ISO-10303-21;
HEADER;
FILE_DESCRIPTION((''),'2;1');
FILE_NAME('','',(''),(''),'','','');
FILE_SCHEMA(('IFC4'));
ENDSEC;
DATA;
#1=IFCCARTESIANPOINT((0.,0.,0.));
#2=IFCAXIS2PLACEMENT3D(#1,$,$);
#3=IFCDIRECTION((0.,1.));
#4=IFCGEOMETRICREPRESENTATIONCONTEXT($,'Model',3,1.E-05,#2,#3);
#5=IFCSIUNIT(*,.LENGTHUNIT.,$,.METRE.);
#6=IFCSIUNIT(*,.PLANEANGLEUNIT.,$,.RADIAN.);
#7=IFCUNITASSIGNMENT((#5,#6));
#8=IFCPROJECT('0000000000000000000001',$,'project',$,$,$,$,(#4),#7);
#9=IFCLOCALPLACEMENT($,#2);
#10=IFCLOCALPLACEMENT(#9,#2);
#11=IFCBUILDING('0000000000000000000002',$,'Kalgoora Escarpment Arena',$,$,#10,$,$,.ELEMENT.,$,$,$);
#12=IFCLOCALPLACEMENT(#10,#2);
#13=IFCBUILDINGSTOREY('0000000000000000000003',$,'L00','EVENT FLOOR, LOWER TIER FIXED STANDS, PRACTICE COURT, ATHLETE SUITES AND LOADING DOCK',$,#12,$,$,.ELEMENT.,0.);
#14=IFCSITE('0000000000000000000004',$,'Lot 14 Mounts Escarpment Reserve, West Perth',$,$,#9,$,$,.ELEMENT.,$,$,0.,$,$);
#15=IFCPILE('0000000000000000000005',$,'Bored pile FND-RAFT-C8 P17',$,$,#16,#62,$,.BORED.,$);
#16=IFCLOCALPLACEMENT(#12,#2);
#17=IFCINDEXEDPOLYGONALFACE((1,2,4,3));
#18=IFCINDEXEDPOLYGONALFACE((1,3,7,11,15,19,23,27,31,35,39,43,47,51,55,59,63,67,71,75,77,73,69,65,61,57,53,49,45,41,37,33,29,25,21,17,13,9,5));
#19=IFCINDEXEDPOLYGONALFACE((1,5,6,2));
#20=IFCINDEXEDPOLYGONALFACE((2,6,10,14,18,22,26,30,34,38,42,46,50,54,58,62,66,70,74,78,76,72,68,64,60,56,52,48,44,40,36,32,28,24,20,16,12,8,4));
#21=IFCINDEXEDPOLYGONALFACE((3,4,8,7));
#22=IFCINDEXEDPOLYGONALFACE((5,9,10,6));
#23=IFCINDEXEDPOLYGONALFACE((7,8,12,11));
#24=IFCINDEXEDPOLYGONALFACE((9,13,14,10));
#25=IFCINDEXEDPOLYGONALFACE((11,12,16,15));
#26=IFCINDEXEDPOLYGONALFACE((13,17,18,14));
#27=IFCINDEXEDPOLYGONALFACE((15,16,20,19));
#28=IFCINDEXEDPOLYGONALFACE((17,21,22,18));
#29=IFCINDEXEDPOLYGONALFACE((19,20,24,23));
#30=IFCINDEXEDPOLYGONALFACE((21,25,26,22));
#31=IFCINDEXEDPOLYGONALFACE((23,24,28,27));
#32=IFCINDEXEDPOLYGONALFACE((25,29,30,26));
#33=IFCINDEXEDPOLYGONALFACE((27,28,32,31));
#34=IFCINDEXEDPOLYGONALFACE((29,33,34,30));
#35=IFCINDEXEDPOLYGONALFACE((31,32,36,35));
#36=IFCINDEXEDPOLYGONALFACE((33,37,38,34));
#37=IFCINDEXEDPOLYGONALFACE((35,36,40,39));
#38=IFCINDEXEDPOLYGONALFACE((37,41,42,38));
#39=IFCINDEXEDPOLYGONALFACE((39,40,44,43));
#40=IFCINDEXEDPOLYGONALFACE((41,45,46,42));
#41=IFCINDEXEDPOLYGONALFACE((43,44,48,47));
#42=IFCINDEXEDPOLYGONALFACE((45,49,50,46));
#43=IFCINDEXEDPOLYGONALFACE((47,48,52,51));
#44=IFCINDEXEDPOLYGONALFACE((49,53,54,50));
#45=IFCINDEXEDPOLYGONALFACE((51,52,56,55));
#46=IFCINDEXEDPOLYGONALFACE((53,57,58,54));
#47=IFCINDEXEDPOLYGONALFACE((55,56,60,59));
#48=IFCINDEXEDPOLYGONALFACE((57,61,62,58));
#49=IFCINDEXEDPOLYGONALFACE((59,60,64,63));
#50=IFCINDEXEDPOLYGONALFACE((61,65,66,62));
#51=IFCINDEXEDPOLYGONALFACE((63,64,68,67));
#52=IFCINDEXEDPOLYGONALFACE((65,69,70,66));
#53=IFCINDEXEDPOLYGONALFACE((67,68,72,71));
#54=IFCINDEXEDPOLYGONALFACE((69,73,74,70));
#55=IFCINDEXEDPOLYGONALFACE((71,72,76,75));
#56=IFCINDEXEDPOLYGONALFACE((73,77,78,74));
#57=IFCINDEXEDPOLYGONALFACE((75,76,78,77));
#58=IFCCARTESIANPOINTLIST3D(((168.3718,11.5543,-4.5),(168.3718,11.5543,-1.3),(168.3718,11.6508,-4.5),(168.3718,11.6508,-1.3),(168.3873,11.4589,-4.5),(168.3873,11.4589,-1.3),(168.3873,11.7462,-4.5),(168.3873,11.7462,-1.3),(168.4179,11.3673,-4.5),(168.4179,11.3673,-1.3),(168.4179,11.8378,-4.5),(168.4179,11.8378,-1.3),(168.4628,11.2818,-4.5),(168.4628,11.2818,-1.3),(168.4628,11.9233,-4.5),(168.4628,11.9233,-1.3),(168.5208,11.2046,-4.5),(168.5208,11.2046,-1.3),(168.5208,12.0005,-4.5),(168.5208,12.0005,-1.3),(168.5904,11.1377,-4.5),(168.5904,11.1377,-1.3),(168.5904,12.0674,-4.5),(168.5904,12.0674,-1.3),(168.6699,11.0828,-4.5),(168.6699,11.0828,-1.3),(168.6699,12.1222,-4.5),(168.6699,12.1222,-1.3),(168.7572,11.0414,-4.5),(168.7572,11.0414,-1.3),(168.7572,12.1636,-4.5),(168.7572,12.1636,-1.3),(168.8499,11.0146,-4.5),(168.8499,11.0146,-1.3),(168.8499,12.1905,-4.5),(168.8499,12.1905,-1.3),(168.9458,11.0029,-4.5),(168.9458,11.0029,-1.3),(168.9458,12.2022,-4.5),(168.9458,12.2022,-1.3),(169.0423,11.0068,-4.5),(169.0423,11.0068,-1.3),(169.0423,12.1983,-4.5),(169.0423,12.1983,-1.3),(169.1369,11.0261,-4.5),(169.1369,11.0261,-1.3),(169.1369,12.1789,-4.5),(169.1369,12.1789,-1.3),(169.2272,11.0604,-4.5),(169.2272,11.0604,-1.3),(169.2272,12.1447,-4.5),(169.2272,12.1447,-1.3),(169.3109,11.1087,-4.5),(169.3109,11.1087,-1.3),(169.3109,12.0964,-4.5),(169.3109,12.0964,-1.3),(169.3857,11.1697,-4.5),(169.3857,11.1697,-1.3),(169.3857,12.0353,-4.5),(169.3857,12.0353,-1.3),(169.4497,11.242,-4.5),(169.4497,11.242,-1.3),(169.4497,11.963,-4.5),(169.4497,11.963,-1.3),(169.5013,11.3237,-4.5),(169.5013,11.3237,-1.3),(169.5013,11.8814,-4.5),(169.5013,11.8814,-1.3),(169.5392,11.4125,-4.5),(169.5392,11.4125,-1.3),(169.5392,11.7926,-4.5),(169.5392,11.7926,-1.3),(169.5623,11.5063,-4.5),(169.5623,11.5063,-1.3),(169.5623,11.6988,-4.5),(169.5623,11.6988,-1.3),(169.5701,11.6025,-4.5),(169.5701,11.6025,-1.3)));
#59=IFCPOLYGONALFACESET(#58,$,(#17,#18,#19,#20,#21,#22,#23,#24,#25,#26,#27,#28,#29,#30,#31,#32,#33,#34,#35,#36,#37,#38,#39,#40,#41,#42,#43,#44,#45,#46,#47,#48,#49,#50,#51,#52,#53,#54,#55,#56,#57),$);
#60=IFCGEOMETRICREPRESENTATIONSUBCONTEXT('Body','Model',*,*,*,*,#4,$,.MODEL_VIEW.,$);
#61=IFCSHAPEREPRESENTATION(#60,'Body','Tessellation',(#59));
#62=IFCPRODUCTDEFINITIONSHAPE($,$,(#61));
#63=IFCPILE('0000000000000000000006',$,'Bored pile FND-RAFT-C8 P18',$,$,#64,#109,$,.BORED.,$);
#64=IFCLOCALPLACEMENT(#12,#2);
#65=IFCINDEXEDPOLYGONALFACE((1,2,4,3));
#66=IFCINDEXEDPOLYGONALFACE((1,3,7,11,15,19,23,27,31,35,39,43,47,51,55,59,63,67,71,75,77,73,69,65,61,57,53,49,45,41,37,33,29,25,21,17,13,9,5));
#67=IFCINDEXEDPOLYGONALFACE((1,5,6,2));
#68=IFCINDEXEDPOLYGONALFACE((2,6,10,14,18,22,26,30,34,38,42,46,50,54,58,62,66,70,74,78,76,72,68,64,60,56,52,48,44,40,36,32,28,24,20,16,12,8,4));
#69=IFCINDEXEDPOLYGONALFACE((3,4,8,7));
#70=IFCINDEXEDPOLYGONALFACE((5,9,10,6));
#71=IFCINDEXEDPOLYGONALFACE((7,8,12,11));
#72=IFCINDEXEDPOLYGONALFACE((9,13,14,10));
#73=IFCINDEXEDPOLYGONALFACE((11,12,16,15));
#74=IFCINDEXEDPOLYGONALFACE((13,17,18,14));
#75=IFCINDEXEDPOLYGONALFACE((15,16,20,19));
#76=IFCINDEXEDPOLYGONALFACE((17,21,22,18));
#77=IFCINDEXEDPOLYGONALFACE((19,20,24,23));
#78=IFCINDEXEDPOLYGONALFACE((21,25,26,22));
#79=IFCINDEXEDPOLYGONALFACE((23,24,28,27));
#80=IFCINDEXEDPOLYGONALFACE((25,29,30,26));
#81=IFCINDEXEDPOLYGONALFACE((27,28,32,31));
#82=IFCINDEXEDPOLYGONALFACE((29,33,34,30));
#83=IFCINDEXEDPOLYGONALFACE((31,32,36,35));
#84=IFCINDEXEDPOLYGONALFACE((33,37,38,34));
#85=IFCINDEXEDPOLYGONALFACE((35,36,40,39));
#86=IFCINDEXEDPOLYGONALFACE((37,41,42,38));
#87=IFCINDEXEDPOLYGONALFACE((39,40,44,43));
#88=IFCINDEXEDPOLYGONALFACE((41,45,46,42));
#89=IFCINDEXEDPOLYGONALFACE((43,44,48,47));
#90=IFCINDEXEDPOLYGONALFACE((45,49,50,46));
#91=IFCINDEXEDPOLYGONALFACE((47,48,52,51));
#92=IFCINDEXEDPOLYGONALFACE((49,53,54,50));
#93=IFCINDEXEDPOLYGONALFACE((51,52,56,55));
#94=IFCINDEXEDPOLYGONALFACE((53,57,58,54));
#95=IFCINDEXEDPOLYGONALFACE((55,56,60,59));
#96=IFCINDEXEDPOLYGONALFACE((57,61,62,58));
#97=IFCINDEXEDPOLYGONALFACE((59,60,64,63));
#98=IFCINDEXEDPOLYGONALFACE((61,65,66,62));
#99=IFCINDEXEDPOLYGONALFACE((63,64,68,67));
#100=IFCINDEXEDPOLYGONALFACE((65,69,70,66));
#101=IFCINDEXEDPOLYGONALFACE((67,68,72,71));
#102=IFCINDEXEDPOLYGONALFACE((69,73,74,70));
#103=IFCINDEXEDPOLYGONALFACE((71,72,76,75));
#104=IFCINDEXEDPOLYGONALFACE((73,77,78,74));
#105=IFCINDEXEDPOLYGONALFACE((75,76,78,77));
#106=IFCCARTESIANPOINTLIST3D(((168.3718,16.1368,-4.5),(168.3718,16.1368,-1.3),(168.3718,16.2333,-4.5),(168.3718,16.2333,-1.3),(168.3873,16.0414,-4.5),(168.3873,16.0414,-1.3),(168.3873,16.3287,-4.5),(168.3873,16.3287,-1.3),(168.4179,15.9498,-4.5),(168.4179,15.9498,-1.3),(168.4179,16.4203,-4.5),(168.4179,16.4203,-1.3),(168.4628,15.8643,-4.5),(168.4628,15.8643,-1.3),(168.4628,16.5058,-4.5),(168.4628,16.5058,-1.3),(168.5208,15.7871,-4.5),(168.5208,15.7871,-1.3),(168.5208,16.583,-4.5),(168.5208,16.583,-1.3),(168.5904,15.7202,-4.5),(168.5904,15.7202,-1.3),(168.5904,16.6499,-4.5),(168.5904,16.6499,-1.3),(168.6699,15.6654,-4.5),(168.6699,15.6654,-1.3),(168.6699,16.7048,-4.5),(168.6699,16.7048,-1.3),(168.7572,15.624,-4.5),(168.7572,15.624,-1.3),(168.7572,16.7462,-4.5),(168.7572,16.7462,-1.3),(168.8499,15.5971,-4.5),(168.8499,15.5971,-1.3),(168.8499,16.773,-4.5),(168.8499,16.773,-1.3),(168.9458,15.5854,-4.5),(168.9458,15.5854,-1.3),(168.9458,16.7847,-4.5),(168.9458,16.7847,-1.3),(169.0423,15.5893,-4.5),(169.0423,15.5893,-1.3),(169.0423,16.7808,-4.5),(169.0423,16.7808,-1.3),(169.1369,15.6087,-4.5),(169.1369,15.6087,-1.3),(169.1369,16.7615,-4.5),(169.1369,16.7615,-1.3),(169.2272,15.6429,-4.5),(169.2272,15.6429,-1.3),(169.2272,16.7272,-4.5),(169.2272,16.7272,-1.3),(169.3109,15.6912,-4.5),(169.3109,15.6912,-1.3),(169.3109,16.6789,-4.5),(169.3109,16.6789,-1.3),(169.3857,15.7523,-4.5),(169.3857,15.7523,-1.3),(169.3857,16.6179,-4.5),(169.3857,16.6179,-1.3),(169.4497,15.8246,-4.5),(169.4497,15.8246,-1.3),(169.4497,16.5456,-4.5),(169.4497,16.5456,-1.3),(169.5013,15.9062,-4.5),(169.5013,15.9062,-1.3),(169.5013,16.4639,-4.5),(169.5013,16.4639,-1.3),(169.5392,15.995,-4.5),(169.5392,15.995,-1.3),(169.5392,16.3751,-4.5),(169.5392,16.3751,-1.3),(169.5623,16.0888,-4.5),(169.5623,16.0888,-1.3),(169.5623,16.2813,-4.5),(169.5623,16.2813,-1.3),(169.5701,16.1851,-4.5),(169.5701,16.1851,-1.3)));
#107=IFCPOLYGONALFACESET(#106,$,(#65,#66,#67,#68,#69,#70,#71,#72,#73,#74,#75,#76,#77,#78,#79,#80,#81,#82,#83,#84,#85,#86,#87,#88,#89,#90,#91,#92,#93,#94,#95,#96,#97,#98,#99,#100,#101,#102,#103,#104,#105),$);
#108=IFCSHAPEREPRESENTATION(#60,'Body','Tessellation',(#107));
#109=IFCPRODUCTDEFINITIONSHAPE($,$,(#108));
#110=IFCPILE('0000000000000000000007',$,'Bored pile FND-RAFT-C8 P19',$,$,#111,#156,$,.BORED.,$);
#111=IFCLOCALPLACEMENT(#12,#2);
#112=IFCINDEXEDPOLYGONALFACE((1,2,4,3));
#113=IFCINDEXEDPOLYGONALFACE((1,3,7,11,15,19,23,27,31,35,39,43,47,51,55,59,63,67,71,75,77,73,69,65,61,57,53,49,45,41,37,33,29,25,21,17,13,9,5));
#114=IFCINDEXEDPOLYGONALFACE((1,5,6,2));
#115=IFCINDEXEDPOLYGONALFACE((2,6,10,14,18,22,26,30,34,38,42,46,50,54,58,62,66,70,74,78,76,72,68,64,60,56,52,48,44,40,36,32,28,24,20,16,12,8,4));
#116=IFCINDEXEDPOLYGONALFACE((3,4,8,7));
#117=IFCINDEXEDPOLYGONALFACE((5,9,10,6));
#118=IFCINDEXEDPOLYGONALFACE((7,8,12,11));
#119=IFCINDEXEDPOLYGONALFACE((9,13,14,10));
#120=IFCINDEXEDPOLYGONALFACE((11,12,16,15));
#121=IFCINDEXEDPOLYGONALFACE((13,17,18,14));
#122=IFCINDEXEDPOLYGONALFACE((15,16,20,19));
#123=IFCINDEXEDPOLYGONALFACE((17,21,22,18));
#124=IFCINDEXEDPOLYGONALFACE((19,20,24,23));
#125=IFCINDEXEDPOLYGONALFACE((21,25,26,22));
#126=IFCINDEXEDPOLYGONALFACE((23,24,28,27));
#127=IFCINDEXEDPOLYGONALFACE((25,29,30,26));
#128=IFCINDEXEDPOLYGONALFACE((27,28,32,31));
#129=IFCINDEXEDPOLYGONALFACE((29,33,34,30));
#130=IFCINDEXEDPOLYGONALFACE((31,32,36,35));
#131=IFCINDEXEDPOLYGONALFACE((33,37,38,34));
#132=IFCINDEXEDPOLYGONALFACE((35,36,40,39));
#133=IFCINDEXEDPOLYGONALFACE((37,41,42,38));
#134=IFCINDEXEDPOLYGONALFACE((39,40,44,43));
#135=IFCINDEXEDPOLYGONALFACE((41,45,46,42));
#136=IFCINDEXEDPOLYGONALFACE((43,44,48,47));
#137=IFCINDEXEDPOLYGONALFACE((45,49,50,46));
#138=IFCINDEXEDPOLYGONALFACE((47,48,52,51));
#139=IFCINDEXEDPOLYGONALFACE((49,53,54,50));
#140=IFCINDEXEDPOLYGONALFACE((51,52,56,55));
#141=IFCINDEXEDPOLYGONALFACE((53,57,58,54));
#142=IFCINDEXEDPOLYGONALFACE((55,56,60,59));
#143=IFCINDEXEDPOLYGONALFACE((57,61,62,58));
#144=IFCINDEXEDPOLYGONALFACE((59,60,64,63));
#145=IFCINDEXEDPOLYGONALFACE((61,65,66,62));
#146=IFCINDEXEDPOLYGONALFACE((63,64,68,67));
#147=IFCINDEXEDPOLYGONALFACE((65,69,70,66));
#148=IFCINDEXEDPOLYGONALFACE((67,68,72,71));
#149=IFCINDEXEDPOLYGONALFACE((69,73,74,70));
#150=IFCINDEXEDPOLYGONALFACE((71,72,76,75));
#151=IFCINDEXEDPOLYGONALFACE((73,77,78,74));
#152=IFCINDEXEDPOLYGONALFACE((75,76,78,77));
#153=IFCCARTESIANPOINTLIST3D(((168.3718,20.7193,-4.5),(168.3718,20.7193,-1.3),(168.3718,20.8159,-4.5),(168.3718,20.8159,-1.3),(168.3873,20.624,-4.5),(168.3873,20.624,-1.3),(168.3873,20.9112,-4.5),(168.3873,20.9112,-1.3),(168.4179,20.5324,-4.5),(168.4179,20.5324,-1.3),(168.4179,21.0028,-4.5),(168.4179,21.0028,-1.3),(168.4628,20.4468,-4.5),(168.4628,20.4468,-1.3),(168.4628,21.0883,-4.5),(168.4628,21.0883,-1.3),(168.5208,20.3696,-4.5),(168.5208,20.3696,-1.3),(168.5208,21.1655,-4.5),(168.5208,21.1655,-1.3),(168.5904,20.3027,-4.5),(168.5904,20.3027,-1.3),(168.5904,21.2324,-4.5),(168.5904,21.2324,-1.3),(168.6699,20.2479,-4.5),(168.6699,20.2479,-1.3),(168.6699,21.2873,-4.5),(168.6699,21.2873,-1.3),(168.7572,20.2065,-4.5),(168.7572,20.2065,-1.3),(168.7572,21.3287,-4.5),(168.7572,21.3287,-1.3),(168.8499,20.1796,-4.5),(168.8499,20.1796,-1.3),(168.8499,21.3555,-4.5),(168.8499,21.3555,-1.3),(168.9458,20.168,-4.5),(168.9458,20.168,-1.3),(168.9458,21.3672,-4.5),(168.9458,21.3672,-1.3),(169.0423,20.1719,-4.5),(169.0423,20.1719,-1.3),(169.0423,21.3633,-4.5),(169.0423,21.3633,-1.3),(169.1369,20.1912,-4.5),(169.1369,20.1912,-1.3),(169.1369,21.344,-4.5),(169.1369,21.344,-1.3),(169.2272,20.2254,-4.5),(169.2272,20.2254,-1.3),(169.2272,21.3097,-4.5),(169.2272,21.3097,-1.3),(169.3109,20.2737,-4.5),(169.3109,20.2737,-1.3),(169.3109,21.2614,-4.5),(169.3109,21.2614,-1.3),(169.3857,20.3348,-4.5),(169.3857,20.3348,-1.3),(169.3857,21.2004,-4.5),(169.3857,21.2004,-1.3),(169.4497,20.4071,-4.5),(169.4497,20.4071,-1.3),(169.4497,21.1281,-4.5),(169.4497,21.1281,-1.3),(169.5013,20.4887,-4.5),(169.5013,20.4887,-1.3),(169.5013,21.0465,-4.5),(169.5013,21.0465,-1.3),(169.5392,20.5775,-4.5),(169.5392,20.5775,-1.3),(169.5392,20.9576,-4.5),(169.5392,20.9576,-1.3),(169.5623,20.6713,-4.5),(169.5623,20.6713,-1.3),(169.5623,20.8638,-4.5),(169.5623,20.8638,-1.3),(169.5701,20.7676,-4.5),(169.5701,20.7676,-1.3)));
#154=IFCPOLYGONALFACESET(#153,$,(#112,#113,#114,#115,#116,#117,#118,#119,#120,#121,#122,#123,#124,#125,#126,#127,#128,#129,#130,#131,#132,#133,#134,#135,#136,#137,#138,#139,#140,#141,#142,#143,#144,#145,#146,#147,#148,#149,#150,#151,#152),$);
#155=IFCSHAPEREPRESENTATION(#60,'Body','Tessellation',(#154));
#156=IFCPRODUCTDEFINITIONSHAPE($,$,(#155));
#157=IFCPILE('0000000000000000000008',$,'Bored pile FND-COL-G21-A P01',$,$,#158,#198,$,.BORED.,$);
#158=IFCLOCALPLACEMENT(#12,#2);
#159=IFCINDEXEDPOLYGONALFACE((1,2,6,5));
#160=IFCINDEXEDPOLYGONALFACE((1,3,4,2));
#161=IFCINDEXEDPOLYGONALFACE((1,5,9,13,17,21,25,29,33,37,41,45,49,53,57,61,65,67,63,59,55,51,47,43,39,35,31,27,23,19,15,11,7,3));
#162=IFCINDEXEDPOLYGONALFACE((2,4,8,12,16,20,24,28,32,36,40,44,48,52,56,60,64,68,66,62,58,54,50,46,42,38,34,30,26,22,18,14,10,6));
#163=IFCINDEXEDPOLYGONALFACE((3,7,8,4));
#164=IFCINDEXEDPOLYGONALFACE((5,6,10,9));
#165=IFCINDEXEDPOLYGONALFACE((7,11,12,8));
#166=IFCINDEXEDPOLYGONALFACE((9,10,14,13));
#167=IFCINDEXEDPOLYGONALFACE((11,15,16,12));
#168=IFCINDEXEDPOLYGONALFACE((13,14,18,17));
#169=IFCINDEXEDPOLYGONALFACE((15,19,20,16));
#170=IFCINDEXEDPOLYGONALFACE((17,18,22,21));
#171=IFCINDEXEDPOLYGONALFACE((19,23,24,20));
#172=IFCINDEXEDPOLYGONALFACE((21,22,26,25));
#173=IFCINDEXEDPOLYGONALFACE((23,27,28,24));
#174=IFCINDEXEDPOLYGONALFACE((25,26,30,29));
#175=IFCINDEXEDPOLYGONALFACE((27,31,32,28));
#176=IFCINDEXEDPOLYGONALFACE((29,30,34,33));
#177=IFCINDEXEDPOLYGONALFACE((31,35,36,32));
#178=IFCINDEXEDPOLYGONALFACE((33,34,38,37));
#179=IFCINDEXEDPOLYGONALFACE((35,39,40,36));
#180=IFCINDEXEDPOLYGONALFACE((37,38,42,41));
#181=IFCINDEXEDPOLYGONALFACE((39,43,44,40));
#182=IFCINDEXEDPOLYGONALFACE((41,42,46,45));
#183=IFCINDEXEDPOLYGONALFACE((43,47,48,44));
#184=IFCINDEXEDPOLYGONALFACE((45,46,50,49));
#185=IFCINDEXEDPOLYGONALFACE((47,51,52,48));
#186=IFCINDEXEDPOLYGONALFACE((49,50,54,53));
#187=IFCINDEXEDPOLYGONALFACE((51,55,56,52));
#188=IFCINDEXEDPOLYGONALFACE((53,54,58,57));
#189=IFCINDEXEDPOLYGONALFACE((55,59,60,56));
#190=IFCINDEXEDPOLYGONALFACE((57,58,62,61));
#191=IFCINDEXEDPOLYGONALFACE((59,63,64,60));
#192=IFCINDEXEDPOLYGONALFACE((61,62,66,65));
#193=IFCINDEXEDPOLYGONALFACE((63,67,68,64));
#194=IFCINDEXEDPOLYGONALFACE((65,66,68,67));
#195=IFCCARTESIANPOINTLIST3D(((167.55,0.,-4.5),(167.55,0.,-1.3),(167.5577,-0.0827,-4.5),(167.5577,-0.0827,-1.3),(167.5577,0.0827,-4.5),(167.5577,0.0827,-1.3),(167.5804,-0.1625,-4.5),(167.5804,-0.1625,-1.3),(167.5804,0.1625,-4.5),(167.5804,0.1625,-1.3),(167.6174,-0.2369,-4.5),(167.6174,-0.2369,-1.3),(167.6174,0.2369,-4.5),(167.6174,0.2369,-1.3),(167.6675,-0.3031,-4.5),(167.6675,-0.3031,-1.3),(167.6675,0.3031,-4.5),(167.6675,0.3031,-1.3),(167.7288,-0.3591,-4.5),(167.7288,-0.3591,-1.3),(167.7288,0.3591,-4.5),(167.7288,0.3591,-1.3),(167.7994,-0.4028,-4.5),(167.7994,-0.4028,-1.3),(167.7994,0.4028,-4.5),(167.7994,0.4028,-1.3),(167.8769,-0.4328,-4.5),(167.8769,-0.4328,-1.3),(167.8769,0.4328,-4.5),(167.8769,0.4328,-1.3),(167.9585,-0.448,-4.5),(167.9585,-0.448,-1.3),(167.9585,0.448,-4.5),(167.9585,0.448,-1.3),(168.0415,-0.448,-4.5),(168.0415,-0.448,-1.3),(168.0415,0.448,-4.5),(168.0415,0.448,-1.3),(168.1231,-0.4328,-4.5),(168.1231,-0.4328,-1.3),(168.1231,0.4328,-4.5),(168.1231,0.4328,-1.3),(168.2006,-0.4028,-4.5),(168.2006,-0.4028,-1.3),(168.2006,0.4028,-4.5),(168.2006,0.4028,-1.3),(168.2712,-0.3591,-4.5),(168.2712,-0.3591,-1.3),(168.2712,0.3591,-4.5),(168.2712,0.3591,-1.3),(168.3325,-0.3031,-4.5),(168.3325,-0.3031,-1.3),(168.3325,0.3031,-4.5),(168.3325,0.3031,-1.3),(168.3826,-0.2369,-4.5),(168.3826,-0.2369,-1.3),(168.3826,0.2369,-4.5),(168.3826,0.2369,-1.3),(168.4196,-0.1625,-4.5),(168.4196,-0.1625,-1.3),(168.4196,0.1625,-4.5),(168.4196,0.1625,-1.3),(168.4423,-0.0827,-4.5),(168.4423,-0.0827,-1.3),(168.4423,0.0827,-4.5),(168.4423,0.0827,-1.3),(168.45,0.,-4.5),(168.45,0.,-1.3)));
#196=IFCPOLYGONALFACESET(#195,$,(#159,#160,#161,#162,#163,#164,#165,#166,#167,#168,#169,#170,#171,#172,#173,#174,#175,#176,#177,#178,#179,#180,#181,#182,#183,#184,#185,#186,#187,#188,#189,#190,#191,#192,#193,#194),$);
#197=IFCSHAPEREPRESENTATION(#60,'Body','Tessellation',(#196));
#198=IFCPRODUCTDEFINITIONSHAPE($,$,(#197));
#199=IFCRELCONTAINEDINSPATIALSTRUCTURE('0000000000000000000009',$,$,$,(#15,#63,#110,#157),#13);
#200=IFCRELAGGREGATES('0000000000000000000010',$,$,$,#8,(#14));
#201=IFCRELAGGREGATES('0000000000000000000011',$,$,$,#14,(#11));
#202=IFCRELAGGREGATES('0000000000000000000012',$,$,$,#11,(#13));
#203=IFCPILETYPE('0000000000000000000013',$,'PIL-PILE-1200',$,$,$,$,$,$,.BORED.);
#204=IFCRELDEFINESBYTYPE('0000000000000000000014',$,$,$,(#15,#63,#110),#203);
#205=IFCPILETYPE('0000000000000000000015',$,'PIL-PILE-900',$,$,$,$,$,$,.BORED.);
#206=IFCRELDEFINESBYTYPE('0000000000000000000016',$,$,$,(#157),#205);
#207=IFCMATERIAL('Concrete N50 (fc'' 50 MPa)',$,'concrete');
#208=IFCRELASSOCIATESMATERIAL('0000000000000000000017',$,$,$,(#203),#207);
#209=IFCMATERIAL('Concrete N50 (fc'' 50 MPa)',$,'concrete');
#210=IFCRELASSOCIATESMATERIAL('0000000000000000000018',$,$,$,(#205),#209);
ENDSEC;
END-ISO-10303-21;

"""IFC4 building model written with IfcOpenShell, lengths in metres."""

from ifc_helpers import new_model, si_unit, direction, frame, origin, origin_2d, place, context, subcontext, project, spatial, circle, extrude, material, material_profile, profile_set, type_object, element, save


model = new_model("IFC4")

# Units and contexts
model_context = context("Model", 3, precision=1e-05, world=origin(), true_north=direction((0.0, 1.0)))
body_context = subcontext(model_context, "Body", "Model", "MODEL_VIEW")
ifc_project = project(units=[si_unit("LENGTHUNIT", "METRE"), si_unit("PLANEANGLEUNIT", "RADIAN")], contexts=[model_context])

# Site, building, storey
site_placement = place(None, origin())
site = spatial("IfcSite", under=ifc_project, at=site_placement, Name="Lot 14 Mounts Escarpment Reserve, West Perth", CompositionType="ELEMENT", RefElevation=0.0)
building_placement = place(site_placement, origin())
building = spatial("IfcBuilding", under=site, at=building_placement, Name="Kalgoora Escarpment Arena", CompositionType="ELEMENT")
storey_placement = place(building_placement, origin())
storey = spatial("IfcBuildingStorey", under=building, at=storey_placement, Name="L00", Description="EVENT FLOOR, LOWER TIER FIXED STANDS, PRACTICE COURT, ATHLETE SUITES AND LOADING DOCK", CompositionType="ELEMENT", Elevation=0.0)

# Piles
ifc_material_1 = material(Name="Concrete N50 (fc' 50 MPa)", Category="concrete")
ifc_material_profile_1 = material_profile(ifc_material_1, circle(Radius=0.6001, at=origin_2d()))
ifc_profile_set_1 = profile_set([ifc_material_profile_1], Name="Concrete N50 (fc' 50 MPa)")
pile_type_1 = type_object("IfcPileType", Name="PIL-PILE-1200", PredefinedType="BORED", material=ifc_profile_set_1)
for number, where, z_axis, x_axis, name in (
    (1, (168.97, 11.6025, -1.3), (0.0, 0.0, -1.0), (1.0, 0.0, 0.0), "Bored pile FND-RAFT-C8 P17"),
    (2, (168.97, 16.1851, -1.3), (0.0, 0.0, -1.0), (1.0, 0.0, 0.0), "Bored pile FND-RAFT-C8 P18"),
    (3, (168.97, 20.7676, -1.3), (0.0, 0.0, -1.0), (1.0, 0.0, 0.0), "Bored pile FND-RAFT-C8 P19"),
):
    element("IfcPile", number, at=place(storey_placement, frame(where, z_axis=z_axis, x_axis=x_axis)), inside=storey, type_object=pile_type_1, Name=name, PredefinedType="BORED", context=body_context, shape_type="SweptSolid", body=[
        extrude(circle(Radius=0.6001, at=origin_2d()), origin(), (0.0, 0.0, 1.0), 3.2),
    ])
ifc_material_2 = material(Name="Concrete N50 (fc' 50 MPa)", Category="concrete")
ifc_material_profile_2 = material_profile(ifc_material_2, circle(Radius=0.45, at=origin_2d()))
ifc_profile_set_2 = profile_set([ifc_material_profile_2], Name="Concrete N50 (fc' 50 MPa)")
pile_type_2 = type_object("IfcPileType", Name="PIL-PILE-900", PredefinedType="BORED", material=ifc_profile_set_2)
for number, where, z_axis, x_axis, name in (
    (4, (168.0, 0.0, -1.3), (0.0, 0.0, -1.0), (1.0, 0.0, 0.0), "Bored pile FND-COL-G21-A P01"),
):
    element("IfcPile", number, at=place(storey_placement, frame(where, z_axis=z_axis, x_axis=x_axis)), inside=storey, type_object=pile_type_2, Name=name, PredefinedType="BORED", context=body_context, shape_type="SweptSolid", body=[
        extrude(circle(Radius=0.45, at=origin_2d()), origin(), (0.0, 0.0, 1.0), 3.2),
    ])

save(model, "model.ifc")
